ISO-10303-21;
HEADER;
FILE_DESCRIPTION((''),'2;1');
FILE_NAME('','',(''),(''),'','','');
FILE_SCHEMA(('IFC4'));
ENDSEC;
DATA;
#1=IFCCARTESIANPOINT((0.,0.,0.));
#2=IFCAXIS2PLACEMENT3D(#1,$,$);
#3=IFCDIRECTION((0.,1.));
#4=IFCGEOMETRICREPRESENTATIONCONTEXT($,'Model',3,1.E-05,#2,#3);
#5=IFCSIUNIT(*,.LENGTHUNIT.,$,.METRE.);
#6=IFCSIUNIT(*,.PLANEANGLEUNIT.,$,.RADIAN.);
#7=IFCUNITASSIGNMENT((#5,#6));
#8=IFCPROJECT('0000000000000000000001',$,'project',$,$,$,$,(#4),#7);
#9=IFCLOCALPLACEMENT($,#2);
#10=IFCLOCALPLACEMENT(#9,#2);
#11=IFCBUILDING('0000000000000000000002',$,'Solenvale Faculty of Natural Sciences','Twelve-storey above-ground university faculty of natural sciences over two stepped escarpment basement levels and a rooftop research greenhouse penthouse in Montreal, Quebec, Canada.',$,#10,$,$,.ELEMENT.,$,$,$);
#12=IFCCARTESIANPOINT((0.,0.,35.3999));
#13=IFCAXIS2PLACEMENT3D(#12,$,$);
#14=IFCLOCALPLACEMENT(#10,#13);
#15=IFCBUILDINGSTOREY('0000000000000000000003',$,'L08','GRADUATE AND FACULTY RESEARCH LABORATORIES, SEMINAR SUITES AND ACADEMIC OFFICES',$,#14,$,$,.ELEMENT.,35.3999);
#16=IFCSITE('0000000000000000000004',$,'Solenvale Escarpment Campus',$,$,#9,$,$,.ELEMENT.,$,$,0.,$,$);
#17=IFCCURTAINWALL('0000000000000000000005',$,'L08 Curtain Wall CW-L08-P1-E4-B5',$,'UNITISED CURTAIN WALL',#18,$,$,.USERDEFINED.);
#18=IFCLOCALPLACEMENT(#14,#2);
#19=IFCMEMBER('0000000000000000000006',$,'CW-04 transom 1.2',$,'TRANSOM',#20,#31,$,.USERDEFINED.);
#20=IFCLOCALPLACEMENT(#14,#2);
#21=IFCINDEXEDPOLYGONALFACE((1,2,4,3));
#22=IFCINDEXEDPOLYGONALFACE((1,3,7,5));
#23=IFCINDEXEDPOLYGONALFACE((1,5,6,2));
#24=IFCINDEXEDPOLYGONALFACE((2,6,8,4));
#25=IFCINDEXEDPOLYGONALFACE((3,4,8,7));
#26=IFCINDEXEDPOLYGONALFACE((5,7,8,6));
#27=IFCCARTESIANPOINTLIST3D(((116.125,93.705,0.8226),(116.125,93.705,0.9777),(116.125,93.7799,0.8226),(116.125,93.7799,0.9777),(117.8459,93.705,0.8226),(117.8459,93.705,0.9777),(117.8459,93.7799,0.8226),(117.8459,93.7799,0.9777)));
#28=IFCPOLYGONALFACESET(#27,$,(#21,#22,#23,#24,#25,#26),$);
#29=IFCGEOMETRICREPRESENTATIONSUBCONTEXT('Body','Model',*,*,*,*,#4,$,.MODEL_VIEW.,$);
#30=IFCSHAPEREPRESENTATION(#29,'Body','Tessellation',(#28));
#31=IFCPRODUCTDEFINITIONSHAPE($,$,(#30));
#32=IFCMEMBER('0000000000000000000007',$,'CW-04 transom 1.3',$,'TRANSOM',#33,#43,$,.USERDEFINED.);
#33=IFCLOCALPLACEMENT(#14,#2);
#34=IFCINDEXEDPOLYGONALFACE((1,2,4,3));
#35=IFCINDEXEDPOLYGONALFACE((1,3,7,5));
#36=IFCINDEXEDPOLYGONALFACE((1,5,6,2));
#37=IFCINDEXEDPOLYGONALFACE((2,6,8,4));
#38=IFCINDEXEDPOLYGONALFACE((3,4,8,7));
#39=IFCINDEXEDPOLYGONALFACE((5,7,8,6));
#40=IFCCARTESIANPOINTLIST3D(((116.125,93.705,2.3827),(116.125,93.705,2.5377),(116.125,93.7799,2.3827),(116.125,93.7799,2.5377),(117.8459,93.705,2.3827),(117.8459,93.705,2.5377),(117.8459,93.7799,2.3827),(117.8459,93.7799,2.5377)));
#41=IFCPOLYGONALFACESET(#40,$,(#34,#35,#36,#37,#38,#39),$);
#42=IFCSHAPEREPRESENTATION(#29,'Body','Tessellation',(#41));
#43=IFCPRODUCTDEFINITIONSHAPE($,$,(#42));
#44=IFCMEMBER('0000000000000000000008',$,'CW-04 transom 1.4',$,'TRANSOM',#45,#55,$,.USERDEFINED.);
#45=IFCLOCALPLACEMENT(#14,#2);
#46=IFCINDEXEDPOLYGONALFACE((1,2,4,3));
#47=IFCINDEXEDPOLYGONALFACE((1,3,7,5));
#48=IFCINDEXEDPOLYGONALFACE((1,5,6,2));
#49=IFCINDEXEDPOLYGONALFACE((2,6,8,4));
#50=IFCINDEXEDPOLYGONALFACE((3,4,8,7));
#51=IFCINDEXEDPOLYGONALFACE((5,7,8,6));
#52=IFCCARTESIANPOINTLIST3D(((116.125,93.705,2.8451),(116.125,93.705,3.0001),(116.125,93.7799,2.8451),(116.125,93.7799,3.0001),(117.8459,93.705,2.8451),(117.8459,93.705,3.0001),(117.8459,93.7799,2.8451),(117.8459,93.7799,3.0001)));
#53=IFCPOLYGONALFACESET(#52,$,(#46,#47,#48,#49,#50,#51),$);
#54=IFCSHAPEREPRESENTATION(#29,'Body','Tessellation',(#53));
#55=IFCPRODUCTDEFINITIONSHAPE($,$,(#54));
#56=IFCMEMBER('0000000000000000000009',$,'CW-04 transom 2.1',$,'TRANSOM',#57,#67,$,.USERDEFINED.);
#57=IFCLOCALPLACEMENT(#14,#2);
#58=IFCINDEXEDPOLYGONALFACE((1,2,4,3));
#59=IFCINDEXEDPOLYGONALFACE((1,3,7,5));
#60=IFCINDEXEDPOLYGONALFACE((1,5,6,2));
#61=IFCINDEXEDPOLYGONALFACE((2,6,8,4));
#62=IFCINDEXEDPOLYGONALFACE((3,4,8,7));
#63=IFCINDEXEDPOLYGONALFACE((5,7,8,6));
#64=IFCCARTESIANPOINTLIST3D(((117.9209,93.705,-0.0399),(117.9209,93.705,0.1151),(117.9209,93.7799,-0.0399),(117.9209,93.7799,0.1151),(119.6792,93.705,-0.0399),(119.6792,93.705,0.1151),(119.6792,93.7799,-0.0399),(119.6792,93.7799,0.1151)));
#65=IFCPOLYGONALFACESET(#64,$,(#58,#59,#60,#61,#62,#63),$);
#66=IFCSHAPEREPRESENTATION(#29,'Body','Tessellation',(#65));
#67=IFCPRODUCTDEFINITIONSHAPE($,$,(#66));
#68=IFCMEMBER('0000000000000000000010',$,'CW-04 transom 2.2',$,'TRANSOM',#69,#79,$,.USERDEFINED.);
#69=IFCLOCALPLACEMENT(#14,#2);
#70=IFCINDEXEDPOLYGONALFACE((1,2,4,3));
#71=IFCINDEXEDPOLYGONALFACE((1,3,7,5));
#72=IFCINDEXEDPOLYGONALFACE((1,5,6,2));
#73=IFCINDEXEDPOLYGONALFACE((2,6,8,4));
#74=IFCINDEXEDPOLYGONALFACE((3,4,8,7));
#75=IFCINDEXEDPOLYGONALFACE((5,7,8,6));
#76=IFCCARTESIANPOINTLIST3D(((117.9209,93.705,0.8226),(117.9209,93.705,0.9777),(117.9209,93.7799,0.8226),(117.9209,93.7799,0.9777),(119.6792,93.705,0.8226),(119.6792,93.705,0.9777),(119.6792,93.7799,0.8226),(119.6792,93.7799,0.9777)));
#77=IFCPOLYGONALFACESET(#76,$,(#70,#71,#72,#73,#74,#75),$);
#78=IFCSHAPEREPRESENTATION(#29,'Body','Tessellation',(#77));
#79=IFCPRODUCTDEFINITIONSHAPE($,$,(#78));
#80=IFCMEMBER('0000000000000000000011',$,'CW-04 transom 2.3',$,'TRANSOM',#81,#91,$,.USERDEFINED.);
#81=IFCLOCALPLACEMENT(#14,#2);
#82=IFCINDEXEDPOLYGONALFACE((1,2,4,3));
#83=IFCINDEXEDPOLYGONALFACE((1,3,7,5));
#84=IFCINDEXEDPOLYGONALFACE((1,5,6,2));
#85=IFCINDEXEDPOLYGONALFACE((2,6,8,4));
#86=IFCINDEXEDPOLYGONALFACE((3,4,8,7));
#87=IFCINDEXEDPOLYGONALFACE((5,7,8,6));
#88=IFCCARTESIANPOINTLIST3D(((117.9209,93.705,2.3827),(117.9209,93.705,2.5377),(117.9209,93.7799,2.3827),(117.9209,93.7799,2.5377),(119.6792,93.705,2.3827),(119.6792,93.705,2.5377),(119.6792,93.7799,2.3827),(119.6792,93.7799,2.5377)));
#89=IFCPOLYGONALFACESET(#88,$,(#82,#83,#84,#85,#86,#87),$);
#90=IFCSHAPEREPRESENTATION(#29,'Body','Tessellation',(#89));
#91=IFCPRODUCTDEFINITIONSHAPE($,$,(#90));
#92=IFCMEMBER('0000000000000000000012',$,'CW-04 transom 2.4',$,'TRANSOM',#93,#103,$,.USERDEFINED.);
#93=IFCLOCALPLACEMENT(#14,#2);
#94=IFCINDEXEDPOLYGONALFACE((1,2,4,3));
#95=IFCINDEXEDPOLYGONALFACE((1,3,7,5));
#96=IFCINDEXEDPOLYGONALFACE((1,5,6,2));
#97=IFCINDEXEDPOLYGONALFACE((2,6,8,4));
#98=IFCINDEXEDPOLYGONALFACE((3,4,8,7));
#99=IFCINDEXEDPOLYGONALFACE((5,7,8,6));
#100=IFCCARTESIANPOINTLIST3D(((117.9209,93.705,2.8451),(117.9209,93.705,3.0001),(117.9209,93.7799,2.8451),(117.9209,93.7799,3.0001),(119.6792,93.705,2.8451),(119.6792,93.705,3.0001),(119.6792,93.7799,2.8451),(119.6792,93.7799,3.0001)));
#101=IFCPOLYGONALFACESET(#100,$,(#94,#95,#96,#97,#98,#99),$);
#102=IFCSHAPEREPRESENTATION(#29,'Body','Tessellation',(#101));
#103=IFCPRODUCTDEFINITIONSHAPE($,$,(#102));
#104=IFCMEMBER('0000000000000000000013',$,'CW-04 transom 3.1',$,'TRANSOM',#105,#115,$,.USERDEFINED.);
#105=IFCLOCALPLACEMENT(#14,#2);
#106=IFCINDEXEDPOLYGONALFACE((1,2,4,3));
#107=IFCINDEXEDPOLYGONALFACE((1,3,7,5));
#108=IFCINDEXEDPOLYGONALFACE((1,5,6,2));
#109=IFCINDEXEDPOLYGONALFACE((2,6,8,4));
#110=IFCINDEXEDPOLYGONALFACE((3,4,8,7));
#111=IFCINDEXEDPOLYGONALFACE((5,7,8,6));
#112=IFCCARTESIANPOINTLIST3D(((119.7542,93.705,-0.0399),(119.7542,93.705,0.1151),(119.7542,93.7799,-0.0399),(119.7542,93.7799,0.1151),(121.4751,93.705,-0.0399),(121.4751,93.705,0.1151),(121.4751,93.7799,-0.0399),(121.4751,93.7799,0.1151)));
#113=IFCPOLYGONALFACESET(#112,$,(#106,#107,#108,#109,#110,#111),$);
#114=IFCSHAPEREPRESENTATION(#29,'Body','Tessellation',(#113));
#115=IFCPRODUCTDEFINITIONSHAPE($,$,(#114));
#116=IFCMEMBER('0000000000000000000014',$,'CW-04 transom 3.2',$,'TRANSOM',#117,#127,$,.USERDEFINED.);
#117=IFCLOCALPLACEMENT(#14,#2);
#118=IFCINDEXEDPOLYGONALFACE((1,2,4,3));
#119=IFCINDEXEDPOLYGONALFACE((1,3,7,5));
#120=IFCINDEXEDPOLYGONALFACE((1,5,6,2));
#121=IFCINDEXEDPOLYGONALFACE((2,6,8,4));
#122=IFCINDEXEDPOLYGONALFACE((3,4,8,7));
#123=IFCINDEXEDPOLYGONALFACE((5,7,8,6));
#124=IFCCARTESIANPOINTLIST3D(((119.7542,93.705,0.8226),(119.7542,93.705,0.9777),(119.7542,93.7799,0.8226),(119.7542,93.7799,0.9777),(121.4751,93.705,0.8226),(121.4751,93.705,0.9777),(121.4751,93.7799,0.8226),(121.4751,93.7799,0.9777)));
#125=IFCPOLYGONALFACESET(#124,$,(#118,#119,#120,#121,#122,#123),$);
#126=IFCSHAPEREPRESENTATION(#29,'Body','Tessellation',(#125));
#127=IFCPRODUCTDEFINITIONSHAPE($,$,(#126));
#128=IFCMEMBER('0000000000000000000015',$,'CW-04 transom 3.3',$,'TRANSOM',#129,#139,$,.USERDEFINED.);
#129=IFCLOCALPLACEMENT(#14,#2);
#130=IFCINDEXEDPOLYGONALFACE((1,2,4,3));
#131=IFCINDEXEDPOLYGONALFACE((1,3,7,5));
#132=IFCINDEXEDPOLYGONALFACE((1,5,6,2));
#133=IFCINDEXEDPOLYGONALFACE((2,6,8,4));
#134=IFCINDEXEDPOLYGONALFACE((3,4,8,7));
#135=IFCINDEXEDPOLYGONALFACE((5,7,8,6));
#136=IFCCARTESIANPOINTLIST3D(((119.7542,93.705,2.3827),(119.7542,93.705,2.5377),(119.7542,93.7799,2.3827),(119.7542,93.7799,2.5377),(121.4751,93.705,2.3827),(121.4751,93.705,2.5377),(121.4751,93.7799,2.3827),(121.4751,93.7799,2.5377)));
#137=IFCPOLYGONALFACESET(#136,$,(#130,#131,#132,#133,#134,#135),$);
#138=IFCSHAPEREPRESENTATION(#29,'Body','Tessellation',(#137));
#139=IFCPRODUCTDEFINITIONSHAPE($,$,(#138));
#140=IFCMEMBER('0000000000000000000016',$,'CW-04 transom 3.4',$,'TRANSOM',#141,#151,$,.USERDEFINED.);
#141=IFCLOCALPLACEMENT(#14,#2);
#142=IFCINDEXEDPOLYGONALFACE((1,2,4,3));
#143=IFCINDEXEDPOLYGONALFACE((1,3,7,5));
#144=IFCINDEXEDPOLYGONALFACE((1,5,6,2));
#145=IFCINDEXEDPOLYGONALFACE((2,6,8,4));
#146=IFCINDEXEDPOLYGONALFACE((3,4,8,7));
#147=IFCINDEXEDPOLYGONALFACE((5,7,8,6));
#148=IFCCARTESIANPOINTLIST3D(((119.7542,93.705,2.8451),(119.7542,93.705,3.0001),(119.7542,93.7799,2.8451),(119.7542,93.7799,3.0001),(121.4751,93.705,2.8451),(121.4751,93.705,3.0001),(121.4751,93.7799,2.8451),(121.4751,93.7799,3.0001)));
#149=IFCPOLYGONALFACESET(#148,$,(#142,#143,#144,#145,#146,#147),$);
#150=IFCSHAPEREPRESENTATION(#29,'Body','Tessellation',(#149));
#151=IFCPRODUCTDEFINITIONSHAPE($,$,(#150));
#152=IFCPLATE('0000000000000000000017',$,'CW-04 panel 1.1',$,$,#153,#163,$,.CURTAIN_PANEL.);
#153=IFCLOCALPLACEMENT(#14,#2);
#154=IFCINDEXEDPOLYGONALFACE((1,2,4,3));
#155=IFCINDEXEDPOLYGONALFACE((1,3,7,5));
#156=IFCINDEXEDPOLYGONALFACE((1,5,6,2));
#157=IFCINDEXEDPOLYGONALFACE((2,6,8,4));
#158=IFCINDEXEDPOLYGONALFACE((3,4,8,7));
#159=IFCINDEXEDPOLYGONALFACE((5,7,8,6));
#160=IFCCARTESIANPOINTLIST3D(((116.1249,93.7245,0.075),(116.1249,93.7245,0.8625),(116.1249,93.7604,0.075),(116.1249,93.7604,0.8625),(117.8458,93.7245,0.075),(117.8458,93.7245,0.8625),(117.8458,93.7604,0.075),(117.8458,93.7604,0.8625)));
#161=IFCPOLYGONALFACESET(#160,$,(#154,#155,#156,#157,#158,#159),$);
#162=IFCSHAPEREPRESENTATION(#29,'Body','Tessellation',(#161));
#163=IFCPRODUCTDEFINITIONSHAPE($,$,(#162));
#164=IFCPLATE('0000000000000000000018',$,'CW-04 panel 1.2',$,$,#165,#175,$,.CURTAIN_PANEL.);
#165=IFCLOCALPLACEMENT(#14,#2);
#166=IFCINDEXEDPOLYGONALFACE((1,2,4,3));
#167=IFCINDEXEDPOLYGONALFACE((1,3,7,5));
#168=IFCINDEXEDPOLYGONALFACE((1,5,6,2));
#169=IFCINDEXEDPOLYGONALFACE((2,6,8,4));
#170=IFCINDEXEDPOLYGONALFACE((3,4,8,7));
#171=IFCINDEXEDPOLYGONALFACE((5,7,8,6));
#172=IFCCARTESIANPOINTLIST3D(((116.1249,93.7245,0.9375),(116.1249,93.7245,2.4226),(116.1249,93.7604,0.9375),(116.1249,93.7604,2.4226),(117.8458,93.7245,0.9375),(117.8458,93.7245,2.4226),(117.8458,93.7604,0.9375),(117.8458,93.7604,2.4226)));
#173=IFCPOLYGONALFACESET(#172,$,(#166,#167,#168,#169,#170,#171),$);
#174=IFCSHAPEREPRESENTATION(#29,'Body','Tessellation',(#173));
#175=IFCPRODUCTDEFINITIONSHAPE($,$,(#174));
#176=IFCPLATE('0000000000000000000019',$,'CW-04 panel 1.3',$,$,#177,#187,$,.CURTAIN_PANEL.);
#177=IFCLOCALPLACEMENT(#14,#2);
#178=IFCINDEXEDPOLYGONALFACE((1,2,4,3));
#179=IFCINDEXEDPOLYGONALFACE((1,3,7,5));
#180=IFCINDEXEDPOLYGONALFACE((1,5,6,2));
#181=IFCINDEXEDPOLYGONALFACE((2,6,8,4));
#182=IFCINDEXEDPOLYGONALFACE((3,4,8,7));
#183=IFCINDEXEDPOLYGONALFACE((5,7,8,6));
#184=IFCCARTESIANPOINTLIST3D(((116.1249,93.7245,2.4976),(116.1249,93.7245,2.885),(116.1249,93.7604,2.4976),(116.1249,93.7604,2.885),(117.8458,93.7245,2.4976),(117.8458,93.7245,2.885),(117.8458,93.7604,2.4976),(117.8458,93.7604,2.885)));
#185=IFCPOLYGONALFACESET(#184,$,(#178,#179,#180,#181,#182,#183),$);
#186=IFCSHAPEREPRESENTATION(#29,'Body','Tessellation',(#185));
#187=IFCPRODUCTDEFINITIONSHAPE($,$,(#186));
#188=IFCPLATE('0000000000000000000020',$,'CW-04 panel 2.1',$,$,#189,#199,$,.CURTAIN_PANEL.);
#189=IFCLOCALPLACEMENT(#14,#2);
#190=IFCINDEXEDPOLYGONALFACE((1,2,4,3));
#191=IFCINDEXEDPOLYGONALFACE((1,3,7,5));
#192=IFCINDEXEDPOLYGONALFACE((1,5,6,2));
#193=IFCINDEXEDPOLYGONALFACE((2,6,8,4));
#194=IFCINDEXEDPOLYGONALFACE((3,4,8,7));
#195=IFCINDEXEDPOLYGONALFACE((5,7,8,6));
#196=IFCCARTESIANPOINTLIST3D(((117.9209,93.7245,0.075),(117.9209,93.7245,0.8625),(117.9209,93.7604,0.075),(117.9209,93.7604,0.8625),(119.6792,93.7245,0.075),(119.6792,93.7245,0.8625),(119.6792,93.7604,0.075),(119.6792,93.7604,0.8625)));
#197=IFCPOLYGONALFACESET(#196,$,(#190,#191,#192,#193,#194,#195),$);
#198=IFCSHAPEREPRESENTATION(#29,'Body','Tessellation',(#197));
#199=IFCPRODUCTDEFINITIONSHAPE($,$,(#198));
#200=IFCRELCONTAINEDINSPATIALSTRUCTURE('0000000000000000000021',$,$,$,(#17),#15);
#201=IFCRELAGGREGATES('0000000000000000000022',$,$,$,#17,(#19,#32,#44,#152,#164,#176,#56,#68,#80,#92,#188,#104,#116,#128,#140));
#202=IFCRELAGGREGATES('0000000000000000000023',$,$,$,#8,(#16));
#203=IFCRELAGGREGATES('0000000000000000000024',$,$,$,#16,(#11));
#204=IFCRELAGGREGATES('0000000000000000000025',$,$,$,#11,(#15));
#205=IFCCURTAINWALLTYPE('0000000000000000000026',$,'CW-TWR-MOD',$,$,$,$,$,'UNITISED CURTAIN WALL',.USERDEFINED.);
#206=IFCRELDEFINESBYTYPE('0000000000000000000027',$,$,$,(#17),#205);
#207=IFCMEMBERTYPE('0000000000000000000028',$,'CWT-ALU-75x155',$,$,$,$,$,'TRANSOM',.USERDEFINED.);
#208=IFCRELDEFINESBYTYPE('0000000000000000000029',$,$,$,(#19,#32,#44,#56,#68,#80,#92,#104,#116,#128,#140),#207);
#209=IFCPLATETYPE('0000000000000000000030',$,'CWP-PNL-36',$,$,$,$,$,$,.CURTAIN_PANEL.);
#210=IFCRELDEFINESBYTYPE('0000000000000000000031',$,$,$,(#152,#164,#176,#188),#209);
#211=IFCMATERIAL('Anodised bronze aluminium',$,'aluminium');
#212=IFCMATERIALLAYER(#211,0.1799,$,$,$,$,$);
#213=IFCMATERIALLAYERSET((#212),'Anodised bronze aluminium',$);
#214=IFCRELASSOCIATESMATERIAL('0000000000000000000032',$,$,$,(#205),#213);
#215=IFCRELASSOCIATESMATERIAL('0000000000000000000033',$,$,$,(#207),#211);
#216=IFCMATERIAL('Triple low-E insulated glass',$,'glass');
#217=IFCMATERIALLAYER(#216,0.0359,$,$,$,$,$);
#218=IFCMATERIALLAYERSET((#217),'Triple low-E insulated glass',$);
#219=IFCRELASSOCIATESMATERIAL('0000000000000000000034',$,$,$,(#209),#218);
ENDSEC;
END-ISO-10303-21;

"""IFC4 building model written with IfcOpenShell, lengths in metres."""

from ifc_helpers import new_model, si_unit, direction, frame, origin, origin_2d, place, context, subcontext, project, spatial, rectangle, extrude, material, layer, layer_set, material_profile, profile_set, type_object, element, aggregate, save


model = new_model("IFC4")

# Units and contexts
model_context = context("Model", 3, precision=1e-05, world=origin(), true_north=direction((0.0, 1.0)))
body_context = subcontext(model_context, "Body", "Model", "MODEL_VIEW")
ifc_project = project(units=[si_unit("LENGTHUNIT", "METRE"), si_unit("PLANEANGLEUNIT", "RADIAN")], contexts=[model_context])

# Site, building, storey
site_placement = place(None, origin())
site = spatial("IfcSite", under=ifc_project, at=site_placement, Name="Solenvale Escarpment Campus", CompositionType="ELEMENT", RefElevation=0.0)
building_placement = place(site_placement, origin())
building = spatial("IfcBuilding", under=site, at=building_placement, Name="Solenvale Faculty of Natural Sciences", Description="Twelve-storey above-ground university faculty of natural sciences over two stepped escarpment basement levels and a rooftop research greenhouse penthouse in Montreal, Quebec, Canada.", CompositionType="ELEMENT")
storey_placement = place(building_placement, frame((0.0, 0.0, 35.3999)))
storey = spatial("IfcBuildingStorey", under=building, at=storey_placement, Name="L08", Description="GRADUATE AND FACULTY RESEARCH LABORATORIES, SEMINAR SUITES AND ACADEMIC OFFICES", CompositionType="ELEMENT", Elevation=35.3999)

# Curtain wall, members, plates
ifc_material_1 = material(Name="Anodised bronze aluminium", Category="aluminium")
ifc_layer_1 = layer(ifc_material_1, 0.1799)
ifc_layer_set_1 = layer_set([ifc_layer_1], Name="Anodised bronze aluminium")
curtain_wall_type = type_object("IfcCurtainWallType", Name="CW-TWR-MOD", ElementType="UNITISED CURTAIN WALL", PredefinedType="USERDEFINED", material=ifc_layer_set_1)
curtain_wall_placement = place(storey_placement, origin())
curtain_wall = element("IfcCurtainWall", 1, at=curtain_wall_placement, inside=storey, type_object=curtain_wall_type, Name="L08 Curtain Wall CW-L08-P1-E4-B5", ObjectType="UNITISED CURTAIN WALL", PredefinedType="USERDEFINED")
ifc_material_profile_1 = material_profile(ifc_material_1, rectangle(XDim=0.075, YDim=0.155, at=origin_2d()), Name="ALU-TRN-75x155")
ifc_profile_set_1 = profile_set([ifc_material_profile_1], Name="Anodised bronze aluminium")
member_type_1 = type_object("IfcMemberType", Name="CWT-ALU-75x155", ElementType="TRANSOM", PredefinedType="USERDEFINED", material=ifc_profile_set_1)
member_1_placement = place(storey_placement, frame((116.125, 93.7424, 0.9001), z_axis=(1.0, 0.0, 0.0), x_axis=(0.0, 1.0, 0.0)))
member_1 = element("IfcMember", 2, at=member_1_placement, type_object=member_type_1, Name="CW-04 transom 1.2", ObjectType="TRANSOM", PredefinedType="USERDEFINED", context=body_context, shape_type="SweptSolid", body=[
    extrude(rectangle(XDim=0.075, YDim=0.155, at=origin_2d()), origin(), (0.0, 0.0, 1.0), 1.7209),
])
member_2_placement = place(storey_placement, frame((116.125, 93.7424, 2.4602), z_axis=(1.0, 0.0, 0.0), x_axis=(0.0, 1.0, 0.0)))
member_2 = element("IfcMember", 3, at=member_2_placement, type_object=member_type_1, Name="CW-04 transom 1.3", ObjectType="TRANSOM", PredefinedType="USERDEFINED", context=body_context, shape_type="SweptSolid", body=[
    extrude(rectangle(XDim=0.075, YDim=0.155, at=origin_2d()), origin(), (0.0, 0.0, 1.0), 1.7209),
])
member_3_placement = place(storey_placement, frame((116.125, 93.7424, 2.9226), z_axis=(1.0, 0.0, 0.0), x_axis=(0.0, 1.0, 0.0)))
member_3 = element("IfcMember", 4, at=member_3_placement, type_object=member_type_1, Name="CW-04 transom 1.4", ObjectType="TRANSOM", PredefinedType="USERDEFINED", context=body_context, shape_type="SweptSolid", body=[
    extrude(rectangle(XDim=0.075, YDim=0.155, at=origin_2d()), origin(), (0.0, 0.0, 1.0), 1.7209),
])
member_4_placement = place(storey_placement, frame((117.9209, 93.7424, 0.0376), z_axis=(1.0, 0.0, 0.0), x_axis=(0.0, 1.0, 0.0)))
member_4 = element("IfcMember", 5, at=member_4_placement, type_object=member_type_1, Name="CW-04 transom 2.1", ObjectType="TRANSOM", PredefinedType="USERDEFINED", context=body_context, shape_type="SweptSolid", body=[
    extrude(rectangle(XDim=0.075, YDim=0.155, at=origin_2d()), origin(), (0.0, 0.0, 1.0), 1.7583),
])
member_5_placement = place(storey_placement, frame((117.9209, 93.7424, 0.9001), z_axis=(1.0, 0.0, 0.0), x_axis=(0.0, 1.0, 0.0)))
member_5 = element("IfcMember", 6, at=member_5_placement, type_object=member_type_1, Name="CW-04 transom 2.2", ObjectType="TRANSOM", PredefinedType="USERDEFINED", context=body_context, shape_type="SweptSolid", body=[
    extrude(rectangle(XDim=0.075, YDim=0.155, at=origin_2d()), origin(), (0.0, 0.0, 1.0), 1.7583),
])
member_6_placement = place(storey_placement, frame((117.9209, 93.7424, 2.4602), z_axis=(1.0, 0.0, 0.0), x_axis=(0.0, 1.0, 0.0)))
member_6 = element("IfcMember", 7, at=member_6_placement, type_object=member_type_1, Name="CW-04 transom 2.3", ObjectType="TRANSOM", PredefinedType="USERDEFINED", context=body_context, shape_type="SweptSolid", body=[
    extrude(rectangle(XDim=0.075, YDim=0.155, at=origin_2d()), origin(), (0.0, 0.0, 1.0), 1.7583),
])
member_7_placement = place(storey_placement, frame((117.9209, 93.7424, 2.9226), z_axis=(1.0, 0.0, 0.0), x_axis=(0.0, 1.0, 0.0)))
member_7 = element("IfcMember", 8, at=member_7_placement, type_object=member_type_1, Name="CW-04 transom 2.4", ObjectType="TRANSOM", PredefinedType="USERDEFINED", context=body_context, shape_type="SweptSolid", body=[
    extrude(rectangle(XDim=0.075, YDim=0.155, at=origin_2d()), origin(), (0.0, 0.0, 1.0), 1.7583),
])
member_8_placement = place(storey_placement, frame((119.7542, 93.7424, 0.0376), z_axis=(1.0, 0.0, 0.0), x_axis=(0.0, 1.0, 0.0)))
member_8 = element("IfcMember", 9, at=member_8_placement, type_object=member_type_1, Name="CW-04 transom 3.1", ObjectType="TRANSOM", PredefinedType="USERDEFINED", context=body_context, shape_type="SweptSolid", body=[
    extrude(rectangle(XDim=0.075, YDim=0.155, at=origin_2d()), origin(), (0.0, 0.0, 1.0), 1.7209),
])
member_9_placement = place(storey_placement, frame((119.7542, 93.7424, 0.9001), z_axis=(1.0, 0.0, 0.0), x_axis=(0.0, 1.0, 0.0)))
member_9 = element("IfcMember", 10, at=member_9_placement, type_object=member_type_1, Name="CW-04 transom 3.2", ObjectType="TRANSOM", PredefinedType="USERDEFINED", context=body_context, shape_type="SweptSolid", body=[
    extrude(rectangle(XDim=0.075, YDim=0.155, at=origin_2d()), origin(), (0.0, 0.0, 1.0), 1.7209),
])
member_10_placement = place(storey_placement, frame((119.7542, 93.7424, 2.4602), z_axis=(1.0, 0.0, 0.0), x_axis=(0.0, 1.0, 0.0)))
member_10 = element("IfcMember", 11, at=member_10_placement, type_object=member_type_1, Name="CW-04 transom 3.3", ObjectType="TRANSOM", PredefinedType="USERDEFINED", context=body_context, shape_type="SweptSolid", body=[
    extrude(rectangle(XDim=0.075, YDim=0.155, at=origin_2d()), origin(), (0.0, 0.0, 1.0), 1.7209),
])
member_11_placement = place(storey_placement, frame((119.7542, 93.7424, 2.9226), z_axis=(1.0, 0.0, 0.0), x_axis=(0.0, 1.0, 0.0)))
member_11 = element("IfcMember", 12, at=member_11_placement, type_object=member_type_1, Name="CW-04 transom 3.4", ObjectType="TRANSOM", PredefinedType="USERDEFINED", context=body_context, shape_type="SweptSolid", body=[
    extrude(rectangle(XDim=0.075, YDim=0.155, at=origin_2d()), origin(), (0.0, 0.0, 1.0), 1.7209),
])
ifc_material_2 = material(Name="Triple low-E insulated glass", Category="glass")
ifc_layer_2 = layer(ifc_material_2, 0.0359)
ifc_layer_set_2 = layer_set([ifc_layer_2], Name="Triple low-E insulated glass")
plate_type = type_object("IfcPlateType", Name="CWP-PNL-36", PredefinedType="CURTAIN_PANEL", material=ifc_layer_set_2)
plate_1_placement = place(storey_placement, frame((116.9854, 93.7424, 0.075), z_axis=(0.0, 0.0, 1.0), x_axis=(1.0, 0.0, 0.0)))
plate_1 = element("IfcPlate", 13, at=plate_1_placement, type_object=plate_type, Name="CW-04 panel 1.1", PredefinedType="CURTAIN_PANEL", context=body_context, shape_type="SweptSolid", body=[
    extrude(rectangle(XDim=1.7209, YDim=0.0359, at=origin_2d()), origin(), (0.0, 0.0, 1.0), 0.7876),
])
plate_2_placement = place(storey_placement, frame((116.9854, 93.7424, 0.9375), z_axis=(0.0, 0.0, 1.0), x_axis=(1.0, 0.0, 0.0)))
plate_2 = element("IfcPlate", 14, at=plate_2_placement, type_object=plate_type, Name="CW-04 panel 1.2", PredefinedType="CURTAIN_PANEL", context=body_context, shape_type="SweptSolid", body=[
    extrude(rectangle(XDim=1.7209, YDim=0.0359, at=origin_2d()), origin(), (0.0, 0.0, 1.0), 1.4851),
])
plate_3_placement = place(storey_placement, frame((116.9854, 93.7424, 2.4976), z_axis=(0.0, 0.0, 1.0), x_axis=(1.0, 0.0, 0.0)))
plate_3 = element("IfcPlate", 15, at=plate_3_placement, type_object=plate_type, Name="CW-04 panel 1.3", PredefinedType="CURTAIN_PANEL", context=body_context, shape_type="SweptSolid", body=[
    extrude(rectangle(XDim=1.7209, YDim=0.0359, at=origin_2d()), origin(), (0.0, 0.0, 1.0), 0.3875),
])
plate_4_placement = place(storey_placement, frame((118.8, 93.7424, 0.075), z_axis=(0.0, 0.0, 1.0), x_axis=(1.0, 0.0, 0.0)))
plate_4 = element("IfcPlate", 16, at=plate_4_placement, type_object=plate_type, Name="CW-04 panel 2.1", PredefinedType="CURTAIN_PANEL", context=body_context, shape_type="SweptSolid", body=[
    extrude(rectangle(XDim=1.7583, YDim=0.0359, at=origin_2d()), origin(), (0.0, 0.0, 1.0), 0.7876),
])
aggregate(curtain_wall, [member_1, member_2, member_3, plate_1, plate_2, plate_3, member_4, member_5, member_6, member_7, plate_4, member_8, member_9, member_10, member_11])

save(model, "model.ifc")
